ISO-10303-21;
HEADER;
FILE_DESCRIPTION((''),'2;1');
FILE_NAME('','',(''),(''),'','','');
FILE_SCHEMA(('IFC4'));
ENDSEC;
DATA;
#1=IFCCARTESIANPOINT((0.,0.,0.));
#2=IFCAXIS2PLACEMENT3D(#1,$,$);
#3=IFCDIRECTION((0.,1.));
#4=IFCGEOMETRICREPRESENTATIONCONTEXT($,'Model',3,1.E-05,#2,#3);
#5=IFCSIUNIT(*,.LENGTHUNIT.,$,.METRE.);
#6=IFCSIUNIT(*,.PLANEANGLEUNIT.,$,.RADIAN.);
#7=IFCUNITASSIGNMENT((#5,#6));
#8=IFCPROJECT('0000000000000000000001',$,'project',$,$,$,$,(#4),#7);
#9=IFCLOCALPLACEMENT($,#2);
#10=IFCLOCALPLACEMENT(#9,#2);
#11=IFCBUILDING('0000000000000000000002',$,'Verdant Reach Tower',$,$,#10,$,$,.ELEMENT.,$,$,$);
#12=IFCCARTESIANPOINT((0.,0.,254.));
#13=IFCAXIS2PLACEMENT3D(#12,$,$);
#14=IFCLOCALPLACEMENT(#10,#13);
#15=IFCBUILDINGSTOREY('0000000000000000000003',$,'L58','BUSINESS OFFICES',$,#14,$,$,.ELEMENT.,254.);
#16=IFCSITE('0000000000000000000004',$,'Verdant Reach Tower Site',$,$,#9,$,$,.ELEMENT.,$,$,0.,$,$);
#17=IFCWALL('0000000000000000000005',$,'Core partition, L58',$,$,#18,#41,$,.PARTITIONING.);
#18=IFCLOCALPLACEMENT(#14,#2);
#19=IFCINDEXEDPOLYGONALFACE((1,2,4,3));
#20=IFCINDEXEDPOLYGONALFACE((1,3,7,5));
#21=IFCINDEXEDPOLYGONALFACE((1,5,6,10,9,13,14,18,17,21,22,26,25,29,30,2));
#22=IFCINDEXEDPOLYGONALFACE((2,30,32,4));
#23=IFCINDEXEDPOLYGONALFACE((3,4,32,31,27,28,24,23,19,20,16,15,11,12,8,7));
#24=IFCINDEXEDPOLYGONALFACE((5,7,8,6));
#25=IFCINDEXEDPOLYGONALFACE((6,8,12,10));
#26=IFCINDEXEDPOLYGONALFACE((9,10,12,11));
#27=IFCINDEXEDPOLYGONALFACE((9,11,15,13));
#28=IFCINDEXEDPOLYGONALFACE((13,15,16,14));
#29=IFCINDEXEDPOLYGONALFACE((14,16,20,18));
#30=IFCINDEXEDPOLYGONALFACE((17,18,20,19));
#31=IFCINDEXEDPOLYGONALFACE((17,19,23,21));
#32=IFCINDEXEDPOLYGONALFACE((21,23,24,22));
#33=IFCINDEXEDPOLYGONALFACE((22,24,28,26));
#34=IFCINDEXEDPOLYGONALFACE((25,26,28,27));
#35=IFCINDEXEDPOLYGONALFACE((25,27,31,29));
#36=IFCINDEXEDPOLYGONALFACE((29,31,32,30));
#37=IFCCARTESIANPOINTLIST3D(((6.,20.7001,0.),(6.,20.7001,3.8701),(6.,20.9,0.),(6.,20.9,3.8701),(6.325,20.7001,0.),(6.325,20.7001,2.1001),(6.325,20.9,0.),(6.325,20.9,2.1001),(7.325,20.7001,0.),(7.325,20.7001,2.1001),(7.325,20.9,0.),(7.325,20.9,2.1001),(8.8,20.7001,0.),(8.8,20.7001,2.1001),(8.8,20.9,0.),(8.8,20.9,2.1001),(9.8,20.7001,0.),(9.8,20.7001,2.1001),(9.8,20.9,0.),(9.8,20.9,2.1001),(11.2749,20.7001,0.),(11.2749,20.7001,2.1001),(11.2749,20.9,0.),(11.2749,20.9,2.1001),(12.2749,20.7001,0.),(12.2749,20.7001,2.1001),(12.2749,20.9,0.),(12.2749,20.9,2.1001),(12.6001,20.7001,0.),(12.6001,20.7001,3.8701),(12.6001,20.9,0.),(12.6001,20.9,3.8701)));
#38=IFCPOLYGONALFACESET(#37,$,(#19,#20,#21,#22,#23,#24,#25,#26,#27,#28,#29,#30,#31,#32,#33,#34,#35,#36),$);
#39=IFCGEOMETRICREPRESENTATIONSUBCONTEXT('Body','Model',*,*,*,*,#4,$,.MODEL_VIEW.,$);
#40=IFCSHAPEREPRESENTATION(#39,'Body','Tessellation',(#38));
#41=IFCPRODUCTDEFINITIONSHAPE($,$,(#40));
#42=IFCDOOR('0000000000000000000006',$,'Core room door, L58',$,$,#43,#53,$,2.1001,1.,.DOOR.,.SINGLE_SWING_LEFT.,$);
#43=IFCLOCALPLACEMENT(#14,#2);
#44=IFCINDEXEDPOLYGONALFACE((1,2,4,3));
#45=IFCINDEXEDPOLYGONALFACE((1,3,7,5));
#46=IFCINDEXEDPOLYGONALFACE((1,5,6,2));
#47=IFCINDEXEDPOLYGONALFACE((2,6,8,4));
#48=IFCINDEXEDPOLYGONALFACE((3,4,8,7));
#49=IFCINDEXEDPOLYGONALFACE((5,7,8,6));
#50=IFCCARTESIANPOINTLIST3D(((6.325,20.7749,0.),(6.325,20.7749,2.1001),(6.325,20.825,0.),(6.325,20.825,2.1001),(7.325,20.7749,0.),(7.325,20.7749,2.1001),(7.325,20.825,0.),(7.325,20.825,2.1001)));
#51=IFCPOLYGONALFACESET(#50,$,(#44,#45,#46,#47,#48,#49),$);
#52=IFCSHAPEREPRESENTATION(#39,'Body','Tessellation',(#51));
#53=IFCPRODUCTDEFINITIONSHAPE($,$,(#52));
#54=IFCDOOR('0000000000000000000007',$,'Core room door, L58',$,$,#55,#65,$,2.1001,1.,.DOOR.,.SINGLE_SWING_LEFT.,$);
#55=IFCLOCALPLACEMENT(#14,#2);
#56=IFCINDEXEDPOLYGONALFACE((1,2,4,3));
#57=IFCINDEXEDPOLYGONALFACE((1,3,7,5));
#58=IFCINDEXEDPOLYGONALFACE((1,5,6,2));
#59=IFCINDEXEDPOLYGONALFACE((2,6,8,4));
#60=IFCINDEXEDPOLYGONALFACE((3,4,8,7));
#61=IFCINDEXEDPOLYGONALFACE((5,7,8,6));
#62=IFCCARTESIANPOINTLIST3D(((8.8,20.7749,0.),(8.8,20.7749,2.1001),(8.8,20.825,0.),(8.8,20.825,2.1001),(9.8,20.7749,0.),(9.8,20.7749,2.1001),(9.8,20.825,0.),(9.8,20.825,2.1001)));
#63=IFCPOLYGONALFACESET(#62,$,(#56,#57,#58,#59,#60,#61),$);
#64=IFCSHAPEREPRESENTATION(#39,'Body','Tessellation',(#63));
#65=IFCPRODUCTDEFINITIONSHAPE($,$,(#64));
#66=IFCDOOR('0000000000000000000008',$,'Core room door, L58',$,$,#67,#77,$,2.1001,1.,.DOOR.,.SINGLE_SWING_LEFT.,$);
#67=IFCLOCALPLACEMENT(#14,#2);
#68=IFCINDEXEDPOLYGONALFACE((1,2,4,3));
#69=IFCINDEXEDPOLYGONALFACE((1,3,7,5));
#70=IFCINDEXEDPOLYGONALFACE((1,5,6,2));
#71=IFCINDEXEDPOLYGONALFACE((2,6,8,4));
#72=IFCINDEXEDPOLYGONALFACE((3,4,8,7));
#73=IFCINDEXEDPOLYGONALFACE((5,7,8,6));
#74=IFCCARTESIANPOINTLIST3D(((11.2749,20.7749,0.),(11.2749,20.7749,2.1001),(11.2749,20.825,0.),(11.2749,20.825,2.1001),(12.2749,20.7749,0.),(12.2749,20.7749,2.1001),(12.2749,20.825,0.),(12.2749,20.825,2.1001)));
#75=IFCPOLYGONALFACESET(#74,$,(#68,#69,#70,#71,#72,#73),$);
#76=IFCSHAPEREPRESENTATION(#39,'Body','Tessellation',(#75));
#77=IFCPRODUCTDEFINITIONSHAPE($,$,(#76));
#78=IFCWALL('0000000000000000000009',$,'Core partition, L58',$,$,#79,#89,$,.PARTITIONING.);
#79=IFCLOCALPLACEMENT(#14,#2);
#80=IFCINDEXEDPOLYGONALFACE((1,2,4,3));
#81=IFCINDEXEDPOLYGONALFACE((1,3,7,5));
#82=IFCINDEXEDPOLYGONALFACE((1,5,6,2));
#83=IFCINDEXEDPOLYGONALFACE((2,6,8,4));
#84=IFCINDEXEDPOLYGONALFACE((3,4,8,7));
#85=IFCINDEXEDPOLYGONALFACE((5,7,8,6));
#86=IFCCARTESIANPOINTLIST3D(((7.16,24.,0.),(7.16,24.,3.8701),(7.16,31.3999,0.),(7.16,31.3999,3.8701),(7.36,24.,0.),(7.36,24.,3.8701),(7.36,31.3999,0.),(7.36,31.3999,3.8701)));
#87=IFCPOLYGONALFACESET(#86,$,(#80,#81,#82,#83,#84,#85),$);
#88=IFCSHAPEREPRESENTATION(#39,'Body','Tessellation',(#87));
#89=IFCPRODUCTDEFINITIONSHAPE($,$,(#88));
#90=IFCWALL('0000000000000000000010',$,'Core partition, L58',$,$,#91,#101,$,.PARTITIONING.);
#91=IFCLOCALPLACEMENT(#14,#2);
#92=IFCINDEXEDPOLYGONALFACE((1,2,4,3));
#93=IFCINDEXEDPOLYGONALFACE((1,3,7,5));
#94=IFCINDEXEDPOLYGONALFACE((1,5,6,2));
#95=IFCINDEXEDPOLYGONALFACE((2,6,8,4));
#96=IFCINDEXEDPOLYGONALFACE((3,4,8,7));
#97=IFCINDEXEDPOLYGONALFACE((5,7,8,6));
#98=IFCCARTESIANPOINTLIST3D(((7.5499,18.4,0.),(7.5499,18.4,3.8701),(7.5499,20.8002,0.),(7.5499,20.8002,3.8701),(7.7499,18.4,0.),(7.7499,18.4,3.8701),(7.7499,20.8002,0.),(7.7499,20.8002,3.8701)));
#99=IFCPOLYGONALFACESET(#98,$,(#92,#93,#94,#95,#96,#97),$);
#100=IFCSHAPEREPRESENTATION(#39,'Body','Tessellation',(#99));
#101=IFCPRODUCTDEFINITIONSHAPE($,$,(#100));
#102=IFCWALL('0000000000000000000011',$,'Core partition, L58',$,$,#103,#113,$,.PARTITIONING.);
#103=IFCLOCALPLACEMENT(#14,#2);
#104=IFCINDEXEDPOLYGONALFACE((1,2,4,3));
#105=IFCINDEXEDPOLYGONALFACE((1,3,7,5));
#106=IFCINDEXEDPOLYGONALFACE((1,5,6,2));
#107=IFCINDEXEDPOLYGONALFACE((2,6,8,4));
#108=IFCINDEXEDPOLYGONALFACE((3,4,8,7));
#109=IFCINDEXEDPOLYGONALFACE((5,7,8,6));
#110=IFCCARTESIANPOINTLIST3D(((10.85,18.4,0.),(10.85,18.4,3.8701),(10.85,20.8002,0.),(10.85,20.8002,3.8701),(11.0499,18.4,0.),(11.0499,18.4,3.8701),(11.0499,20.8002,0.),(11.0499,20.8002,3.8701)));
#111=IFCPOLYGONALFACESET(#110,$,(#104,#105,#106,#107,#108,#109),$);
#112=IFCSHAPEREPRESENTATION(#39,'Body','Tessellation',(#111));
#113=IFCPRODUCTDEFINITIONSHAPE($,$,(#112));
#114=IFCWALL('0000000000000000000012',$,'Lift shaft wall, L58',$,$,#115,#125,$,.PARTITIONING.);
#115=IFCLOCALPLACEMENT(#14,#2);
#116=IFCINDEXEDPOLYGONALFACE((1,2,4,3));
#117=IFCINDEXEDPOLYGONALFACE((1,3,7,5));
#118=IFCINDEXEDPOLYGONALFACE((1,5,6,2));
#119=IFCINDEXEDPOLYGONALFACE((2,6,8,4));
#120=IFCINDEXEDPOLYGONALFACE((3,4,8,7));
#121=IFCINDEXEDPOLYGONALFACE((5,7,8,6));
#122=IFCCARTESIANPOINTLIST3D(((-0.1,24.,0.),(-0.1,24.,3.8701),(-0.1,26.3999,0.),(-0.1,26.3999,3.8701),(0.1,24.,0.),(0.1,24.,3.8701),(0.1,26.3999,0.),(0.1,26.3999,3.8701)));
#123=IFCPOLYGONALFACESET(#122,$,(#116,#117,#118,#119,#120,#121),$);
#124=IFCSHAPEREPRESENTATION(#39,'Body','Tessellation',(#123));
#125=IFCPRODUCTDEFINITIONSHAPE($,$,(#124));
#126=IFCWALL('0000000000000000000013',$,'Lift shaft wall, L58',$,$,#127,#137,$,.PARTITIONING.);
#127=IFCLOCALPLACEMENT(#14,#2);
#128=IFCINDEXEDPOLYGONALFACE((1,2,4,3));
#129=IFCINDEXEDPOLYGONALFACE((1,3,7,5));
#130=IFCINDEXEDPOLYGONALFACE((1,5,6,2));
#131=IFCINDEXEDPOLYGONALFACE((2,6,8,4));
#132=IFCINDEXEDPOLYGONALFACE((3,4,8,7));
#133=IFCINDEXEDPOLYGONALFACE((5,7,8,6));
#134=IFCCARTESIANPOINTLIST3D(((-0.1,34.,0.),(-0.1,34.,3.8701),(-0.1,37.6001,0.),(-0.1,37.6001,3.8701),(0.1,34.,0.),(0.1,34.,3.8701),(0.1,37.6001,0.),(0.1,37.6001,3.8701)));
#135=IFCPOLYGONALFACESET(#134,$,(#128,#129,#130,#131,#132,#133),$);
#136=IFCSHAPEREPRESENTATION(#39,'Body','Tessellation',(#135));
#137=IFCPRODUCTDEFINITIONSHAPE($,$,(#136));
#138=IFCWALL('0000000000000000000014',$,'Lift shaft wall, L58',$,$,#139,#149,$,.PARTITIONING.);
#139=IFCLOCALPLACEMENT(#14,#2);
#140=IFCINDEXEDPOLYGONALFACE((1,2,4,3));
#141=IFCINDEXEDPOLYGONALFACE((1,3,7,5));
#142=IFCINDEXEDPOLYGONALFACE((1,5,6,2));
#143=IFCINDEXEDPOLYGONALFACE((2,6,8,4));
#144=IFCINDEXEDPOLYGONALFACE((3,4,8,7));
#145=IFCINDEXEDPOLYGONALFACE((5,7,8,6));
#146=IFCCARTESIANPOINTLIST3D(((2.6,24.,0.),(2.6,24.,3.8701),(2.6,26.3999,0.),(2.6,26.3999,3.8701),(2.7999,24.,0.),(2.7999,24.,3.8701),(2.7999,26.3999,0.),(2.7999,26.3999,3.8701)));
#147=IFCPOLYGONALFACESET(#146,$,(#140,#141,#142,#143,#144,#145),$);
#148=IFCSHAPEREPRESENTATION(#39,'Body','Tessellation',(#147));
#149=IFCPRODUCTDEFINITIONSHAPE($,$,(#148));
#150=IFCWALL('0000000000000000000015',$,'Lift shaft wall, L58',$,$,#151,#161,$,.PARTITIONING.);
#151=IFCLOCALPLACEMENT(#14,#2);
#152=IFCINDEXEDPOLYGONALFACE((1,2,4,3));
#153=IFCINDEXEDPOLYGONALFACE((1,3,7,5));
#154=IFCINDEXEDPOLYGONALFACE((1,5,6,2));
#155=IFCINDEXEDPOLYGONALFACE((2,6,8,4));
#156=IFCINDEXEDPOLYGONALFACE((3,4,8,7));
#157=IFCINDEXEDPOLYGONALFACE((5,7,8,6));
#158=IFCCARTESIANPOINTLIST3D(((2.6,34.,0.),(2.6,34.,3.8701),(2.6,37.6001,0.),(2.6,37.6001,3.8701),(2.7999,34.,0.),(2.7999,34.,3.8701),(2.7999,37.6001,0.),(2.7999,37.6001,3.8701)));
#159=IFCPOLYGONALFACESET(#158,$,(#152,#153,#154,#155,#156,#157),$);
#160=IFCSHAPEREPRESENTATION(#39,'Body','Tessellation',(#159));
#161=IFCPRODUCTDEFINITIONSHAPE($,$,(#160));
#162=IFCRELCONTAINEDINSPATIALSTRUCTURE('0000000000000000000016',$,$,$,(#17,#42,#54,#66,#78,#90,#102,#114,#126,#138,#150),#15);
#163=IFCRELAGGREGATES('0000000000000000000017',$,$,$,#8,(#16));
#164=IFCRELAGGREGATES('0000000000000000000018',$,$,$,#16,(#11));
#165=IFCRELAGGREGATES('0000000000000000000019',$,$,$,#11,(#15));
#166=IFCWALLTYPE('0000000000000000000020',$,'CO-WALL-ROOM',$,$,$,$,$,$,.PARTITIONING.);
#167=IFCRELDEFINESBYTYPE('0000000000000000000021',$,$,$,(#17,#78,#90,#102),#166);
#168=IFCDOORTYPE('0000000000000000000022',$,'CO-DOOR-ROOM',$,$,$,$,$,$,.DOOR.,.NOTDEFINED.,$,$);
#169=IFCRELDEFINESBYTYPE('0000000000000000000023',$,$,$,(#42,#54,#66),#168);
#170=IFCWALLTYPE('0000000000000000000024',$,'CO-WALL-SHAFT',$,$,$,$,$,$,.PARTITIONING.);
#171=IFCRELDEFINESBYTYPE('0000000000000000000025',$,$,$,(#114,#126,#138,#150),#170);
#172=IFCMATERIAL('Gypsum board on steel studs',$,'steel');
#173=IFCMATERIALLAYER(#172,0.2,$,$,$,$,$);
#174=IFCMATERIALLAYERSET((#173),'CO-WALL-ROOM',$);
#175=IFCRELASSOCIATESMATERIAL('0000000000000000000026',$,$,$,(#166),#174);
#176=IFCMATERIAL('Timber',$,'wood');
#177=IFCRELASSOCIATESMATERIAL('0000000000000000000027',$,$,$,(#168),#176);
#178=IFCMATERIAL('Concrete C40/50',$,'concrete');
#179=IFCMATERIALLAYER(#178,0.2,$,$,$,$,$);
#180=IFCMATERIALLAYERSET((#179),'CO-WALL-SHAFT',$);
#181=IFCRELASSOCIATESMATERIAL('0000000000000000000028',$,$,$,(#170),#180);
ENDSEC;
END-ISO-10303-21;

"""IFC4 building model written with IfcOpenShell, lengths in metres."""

from ifc_helpers import new_model, si_unit, direction, frame, frame_2d, origin, place, context, subcontext, project, spatial, rectangle, extrude, material, layer, layer_set, type_object, element, fill, save


model = new_model("IFC4")

# Units and contexts
model_context = context("Model", 3, precision=1e-05, world=origin(), true_north=direction((0.0, 1.0)))
body_context = subcontext(model_context, "Body", "Model", "MODEL_VIEW")
ifc_project = project(units=[si_unit("LENGTHUNIT", "METRE"), si_unit("PLANEANGLEUNIT", "RADIAN")], contexts=[model_context])

# Site, building, storey
site_placement = place(None, origin())
site = spatial("IfcSite", under=ifc_project, at=site_placement, Name="Verdant Reach Tower Site", CompositionType="ELEMENT", RefElevation=0.0)
building_placement = place(site_placement, origin())
building = spatial("IfcBuilding", under=site, at=building_placement, Name="Verdant Reach Tower", CompositionType="ELEMENT")
storey_placement = place(building_placement, frame((0.0, 0.0, 254.0)))
storey = spatial("IfcBuildingStorey", under=building, at=storey_placement, Name="L58", Description="BUSINESS OFFICES", CompositionType="ELEMENT", Elevation=254.0)

# Wall, openings, doors
ifc_material_1 = material(Name="Gypsum board on steel studs", Category="steel")
ifc_layer_1 = layer(ifc_material_1, 0.2)
ifc_layer_set_1 = layer_set([ifc_layer_1], Name="CO-WALL-ROOM")
wall_type_1 = type_object("IfcWallType", Name="CO-WALL-ROOM", PredefinedType="PARTITIONING", material=ifc_layer_set_1)
wall_1_placement = place(storey_placement, frame((6.0, 20.8, 0.0), z_axis=(0.0, 0.0, 1.0), x_axis=(1.0, 0.0, 0.0)))
wall_1 = element("IfcWall", 1, at=wall_1_placement, inside=storey, type_object=wall_type_1, Name="Core partition, L58", PredefinedType="PARTITIONING", context=body_context, shape_type="SweptSolid", body=[
    extrude(rectangle(XDim=6.6001, YDim=0.2, at=frame_2d((3.3, 0.0))), origin(), (0.0, 0.0, 1.0), 3.8701),
])
opening_1_placement = place(wall_1_placement, frame((0.325, 0.0, 0.0)))
opening_1 = element("IfcOpeningElement", 2, at=opening_1_placement, cuts=wall_1, PredefinedType="OPENING", context=body_context, shape_type="SweptSolid", body=[
    extrude(rectangle(XDim=1.0, YDim=2.1001, at=frame_2d((0.5, 1.05))), frame((0.0, 0.1099, 0.0), z_axis=(0.0, -1.0, 0.0), x_axis=(1.0, 0.0, 0.0)), (0.0, 0.0, 1.0), 0.22),
])
opening_2_placement = place(wall_1_placement, frame((2.8, 0.0, 0.0)))
opening_2 = element("IfcOpeningElement", 3, at=opening_2_placement, cuts=wall_1, PredefinedType="OPENING", context=body_context, shape_type="SweptSolid", body=[
    extrude(rectangle(XDim=1.0, YDim=2.1001, at=frame_2d((0.5, 1.05))), frame((0.0, 0.1099, 0.0), z_axis=(0.0, -1.0, 0.0), x_axis=(1.0, 0.0, 0.0)), (0.0, 0.0, 1.0), 0.22),
])
opening_3_placement = place(wall_1_placement, frame((5.2749, 0.0, 0.0)))
opening_3 = element("IfcOpeningElement", 4, at=opening_3_placement, cuts=wall_1, PredefinedType="OPENING", context=body_context, shape_type="SweptSolid", body=[
    extrude(rectangle(XDim=1.0, YDim=2.1001, at=frame_2d((0.5, 1.05))), frame((0.0, 0.1099, 0.0), z_axis=(0.0, -1.0, 0.0), x_axis=(1.0, 0.0, 0.0)), (0.0, 0.0, 1.0), 0.22),
])
ifc_material_2 = material(Name="Timber", Category="wood")
door_type_1 = type_object("IfcDoorType", Name="CO-DOOR-ROOM", OperationType="NOTDEFINED", PredefinedType="DOOR", material=ifc_material_2)
door_1_placement = place(opening_1_placement, origin())
door_1 = element("IfcDoor", 5, at=door_1_placement, inside=storey, type_object=door_type_1, Name="Core room door, L58", OperationType="SINGLE_SWING_LEFT", OverallHeight=2.1001, OverallWidth=1.0, PredefinedType="DOOR", context=body_context, shape_type="SweptSolid", body=[
    extrude(rectangle(XDim=1.0, YDim=2.1001, at=frame_2d((0.5, 1.05))), frame((0.0, 0.0249, 0.0), z_axis=(0.0, -1.0, 0.0), x_axis=(1.0, 0.0, 0.0)), (0.0, 0.0, 1.0), 0.05),
])
fill(opening_1, door_1)
door_2_placement = place(opening_2_placement, origin())
door_2 = element("IfcDoor", 6, at=door_2_placement, inside=storey, type_object=door_type_1, Name="Core room door, L58", OperationType="SINGLE_SWING_LEFT", OverallHeight=2.1001, OverallWidth=1.0, PredefinedType="DOOR", context=body_context, shape_type="SweptSolid", body=[
    extrude(rectangle(XDim=1.0, YDim=2.1001, at=frame_2d((0.5, 1.05))), frame((0.0, 0.0249, 0.0), z_axis=(0.0, -1.0, 0.0), x_axis=(1.0, 0.0, 0.0)), (0.0, 0.0, 1.0), 0.05),
])
fill(opening_2, door_2)
door_3_placement = place(opening_3_placement, origin())
door_3 = element("IfcDoor", 7, at=door_3_placement, inside=storey, type_object=door_type_1, Name="Core room door, L58", OperationType="SINGLE_SWING_LEFT", OverallHeight=2.1001, OverallWidth=1.0, PredefinedType="DOOR", context=body_context, shape_type="SweptSolid", body=[
    extrude(rectangle(XDim=1.0, YDim=2.1001, at=frame_2d((0.5, 1.05))), frame((0.0, 0.0249, 0.0), z_axis=(0.0, -1.0, 0.0), x_axis=(1.0, 0.0, 0.0)), (0.0, 0.0, 1.0), 0.05),
])
fill(opening_3, door_3)

# Walls
wall_2_placement = place(storey_placement, frame((7.26, 24.0, 0.0), z_axis=(0.0, 0.0, 1.0), x_axis=(0.0, 1.0, 0.0)))
element("IfcWall", 8, at=wall_2_placement, inside=storey, type_object=wall_type_1, Name="Core partition, L58", PredefinedType="PARTITIONING", context=body_context, shape_type="SweptSolid", body=[
    extrude(rectangle(XDim=7.3999, YDim=0.2, at=frame_2d((3.7, 0.0))), origin(), (0.0, 0.0, 1.0), 3.8701),
])
for number, where, z_axis, x_axis, name in (
    (9, (7.6499, 18.3999, 0.0), (0.0, 0.0, 1.0), (0.0, 1.0, 0.0), "Core partition, L58"),
    (10, (10.95, 18.3999, 0.0), (0.0, 0.0, 1.0), (0.0, 1.0, 0.0), "Core partition, L58"),
):
    element("IfcWall", number, at=place(storey_placement, frame(where, z_axis=z_axis, x_axis=x_axis)), inside=storey, type_object=wall_type_1, Name=name, PredefinedType="PARTITIONING", context=body_context, shape_type="SweptSolid", body=[
        extrude(rectangle(XDim=2.4001, YDim=0.2, at=frame_2d((1.2002, 0.0))), origin(), (0.0, 0.0, 1.0), 3.8701),
    ])
ifc_material_3 = material(Name="Concrete C40/50", Category="concrete")
ifc_layer_2 = layer(ifc_material_3, 0.2)
ifc_layer_set_2 = layer_set([ifc_layer_2], Name="CO-WALL-SHAFT")
wall_type_2 = type_object("IfcWallType", Name="CO-WALL-SHAFT", PredefinedType="PARTITIONING", material=ifc_layer_set_2)
wall_3_placement = place(storey_placement, frame((0.0, 24.0, 0.0), z_axis=(0.0, 0.0, 1.0), x_axis=(0.0, 1.0, 0.0)))
element("IfcWall", 11, at=wall_3_placement, inside=storey, type_object=wall_type_2, Name="Lift shaft wall, L58", PredefinedType="PARTITIONING", context=body_context, shape_type="SweptSolid", body=[
    extrude(rectangle(XDim=2.3999, YDim=0.2, at=frame_2d((1.2, 0.0))), origin(), (0.0, 0.0, 1.0), 3.8701),
])
wall_4_placement = place(storey_placement, frame((0.0, 34.0, 0.0), z_axis=(0.0, 0.0, 1.0), x_axis=(0.0, 1.0, 0.0)))
element("IfcWall", 12, at=wall_4_placement, inside=storey, type_object=wall_type_2, Name="Lift shaft wall, L58", PredefinedType="PARTITIONING", context=body_context, shape_type="SweptSolid", body=[
    extrude(rectangle(XDim=3.6001, YDim=0.2, at=frame_2d((1.8, 0.0))), origin(), (0.0, 0.0, 1.0), 3.8701),
])
wall_5_placement = place(storey_placement, frame((2.7, 24.0, 0.0), z_axis=(0.0, 0.0, 1.0), x_axis=(0.0, 1.0, 0.0)))
element("IfcWall", 13, at=wall_5_placement, inside=storey, type_object=wall_type_2, Name="Lift shaft wall, L58", PredefinedType="PARTITIONING", context=body_context, shape_type="SweptSolid", body=[
    extrude(rectangle(XDim=2.3999, YDim=0.2, at=frame_2d((1.2, 0.0))), origin(), (0.0, 0.0, 1.0), 3.8701),
])
wall_6_placement = place(storey_placement, frame((2.7, 34.0, 0.0), z_axis=(0.0, 0.0, 1.0), x_axis=(0.0, 1.0, 0.0)))
element("IfcWall", 14, at=wall_6_placement, inside=storey, type_object=wall_type_2, Name="Lift shaft wall, L58", PredefinedType="PARTITIONING", context=body_context, shape_type="SweptSolid", body=[
    extrude(rectangle(XDim=3.6001, YDim=0.2, at=frame_2d((1.8, 0.0))), origin(), (0.0, 0.0, 1.0), 3.8701),
])

save(model, "model.ifc")
